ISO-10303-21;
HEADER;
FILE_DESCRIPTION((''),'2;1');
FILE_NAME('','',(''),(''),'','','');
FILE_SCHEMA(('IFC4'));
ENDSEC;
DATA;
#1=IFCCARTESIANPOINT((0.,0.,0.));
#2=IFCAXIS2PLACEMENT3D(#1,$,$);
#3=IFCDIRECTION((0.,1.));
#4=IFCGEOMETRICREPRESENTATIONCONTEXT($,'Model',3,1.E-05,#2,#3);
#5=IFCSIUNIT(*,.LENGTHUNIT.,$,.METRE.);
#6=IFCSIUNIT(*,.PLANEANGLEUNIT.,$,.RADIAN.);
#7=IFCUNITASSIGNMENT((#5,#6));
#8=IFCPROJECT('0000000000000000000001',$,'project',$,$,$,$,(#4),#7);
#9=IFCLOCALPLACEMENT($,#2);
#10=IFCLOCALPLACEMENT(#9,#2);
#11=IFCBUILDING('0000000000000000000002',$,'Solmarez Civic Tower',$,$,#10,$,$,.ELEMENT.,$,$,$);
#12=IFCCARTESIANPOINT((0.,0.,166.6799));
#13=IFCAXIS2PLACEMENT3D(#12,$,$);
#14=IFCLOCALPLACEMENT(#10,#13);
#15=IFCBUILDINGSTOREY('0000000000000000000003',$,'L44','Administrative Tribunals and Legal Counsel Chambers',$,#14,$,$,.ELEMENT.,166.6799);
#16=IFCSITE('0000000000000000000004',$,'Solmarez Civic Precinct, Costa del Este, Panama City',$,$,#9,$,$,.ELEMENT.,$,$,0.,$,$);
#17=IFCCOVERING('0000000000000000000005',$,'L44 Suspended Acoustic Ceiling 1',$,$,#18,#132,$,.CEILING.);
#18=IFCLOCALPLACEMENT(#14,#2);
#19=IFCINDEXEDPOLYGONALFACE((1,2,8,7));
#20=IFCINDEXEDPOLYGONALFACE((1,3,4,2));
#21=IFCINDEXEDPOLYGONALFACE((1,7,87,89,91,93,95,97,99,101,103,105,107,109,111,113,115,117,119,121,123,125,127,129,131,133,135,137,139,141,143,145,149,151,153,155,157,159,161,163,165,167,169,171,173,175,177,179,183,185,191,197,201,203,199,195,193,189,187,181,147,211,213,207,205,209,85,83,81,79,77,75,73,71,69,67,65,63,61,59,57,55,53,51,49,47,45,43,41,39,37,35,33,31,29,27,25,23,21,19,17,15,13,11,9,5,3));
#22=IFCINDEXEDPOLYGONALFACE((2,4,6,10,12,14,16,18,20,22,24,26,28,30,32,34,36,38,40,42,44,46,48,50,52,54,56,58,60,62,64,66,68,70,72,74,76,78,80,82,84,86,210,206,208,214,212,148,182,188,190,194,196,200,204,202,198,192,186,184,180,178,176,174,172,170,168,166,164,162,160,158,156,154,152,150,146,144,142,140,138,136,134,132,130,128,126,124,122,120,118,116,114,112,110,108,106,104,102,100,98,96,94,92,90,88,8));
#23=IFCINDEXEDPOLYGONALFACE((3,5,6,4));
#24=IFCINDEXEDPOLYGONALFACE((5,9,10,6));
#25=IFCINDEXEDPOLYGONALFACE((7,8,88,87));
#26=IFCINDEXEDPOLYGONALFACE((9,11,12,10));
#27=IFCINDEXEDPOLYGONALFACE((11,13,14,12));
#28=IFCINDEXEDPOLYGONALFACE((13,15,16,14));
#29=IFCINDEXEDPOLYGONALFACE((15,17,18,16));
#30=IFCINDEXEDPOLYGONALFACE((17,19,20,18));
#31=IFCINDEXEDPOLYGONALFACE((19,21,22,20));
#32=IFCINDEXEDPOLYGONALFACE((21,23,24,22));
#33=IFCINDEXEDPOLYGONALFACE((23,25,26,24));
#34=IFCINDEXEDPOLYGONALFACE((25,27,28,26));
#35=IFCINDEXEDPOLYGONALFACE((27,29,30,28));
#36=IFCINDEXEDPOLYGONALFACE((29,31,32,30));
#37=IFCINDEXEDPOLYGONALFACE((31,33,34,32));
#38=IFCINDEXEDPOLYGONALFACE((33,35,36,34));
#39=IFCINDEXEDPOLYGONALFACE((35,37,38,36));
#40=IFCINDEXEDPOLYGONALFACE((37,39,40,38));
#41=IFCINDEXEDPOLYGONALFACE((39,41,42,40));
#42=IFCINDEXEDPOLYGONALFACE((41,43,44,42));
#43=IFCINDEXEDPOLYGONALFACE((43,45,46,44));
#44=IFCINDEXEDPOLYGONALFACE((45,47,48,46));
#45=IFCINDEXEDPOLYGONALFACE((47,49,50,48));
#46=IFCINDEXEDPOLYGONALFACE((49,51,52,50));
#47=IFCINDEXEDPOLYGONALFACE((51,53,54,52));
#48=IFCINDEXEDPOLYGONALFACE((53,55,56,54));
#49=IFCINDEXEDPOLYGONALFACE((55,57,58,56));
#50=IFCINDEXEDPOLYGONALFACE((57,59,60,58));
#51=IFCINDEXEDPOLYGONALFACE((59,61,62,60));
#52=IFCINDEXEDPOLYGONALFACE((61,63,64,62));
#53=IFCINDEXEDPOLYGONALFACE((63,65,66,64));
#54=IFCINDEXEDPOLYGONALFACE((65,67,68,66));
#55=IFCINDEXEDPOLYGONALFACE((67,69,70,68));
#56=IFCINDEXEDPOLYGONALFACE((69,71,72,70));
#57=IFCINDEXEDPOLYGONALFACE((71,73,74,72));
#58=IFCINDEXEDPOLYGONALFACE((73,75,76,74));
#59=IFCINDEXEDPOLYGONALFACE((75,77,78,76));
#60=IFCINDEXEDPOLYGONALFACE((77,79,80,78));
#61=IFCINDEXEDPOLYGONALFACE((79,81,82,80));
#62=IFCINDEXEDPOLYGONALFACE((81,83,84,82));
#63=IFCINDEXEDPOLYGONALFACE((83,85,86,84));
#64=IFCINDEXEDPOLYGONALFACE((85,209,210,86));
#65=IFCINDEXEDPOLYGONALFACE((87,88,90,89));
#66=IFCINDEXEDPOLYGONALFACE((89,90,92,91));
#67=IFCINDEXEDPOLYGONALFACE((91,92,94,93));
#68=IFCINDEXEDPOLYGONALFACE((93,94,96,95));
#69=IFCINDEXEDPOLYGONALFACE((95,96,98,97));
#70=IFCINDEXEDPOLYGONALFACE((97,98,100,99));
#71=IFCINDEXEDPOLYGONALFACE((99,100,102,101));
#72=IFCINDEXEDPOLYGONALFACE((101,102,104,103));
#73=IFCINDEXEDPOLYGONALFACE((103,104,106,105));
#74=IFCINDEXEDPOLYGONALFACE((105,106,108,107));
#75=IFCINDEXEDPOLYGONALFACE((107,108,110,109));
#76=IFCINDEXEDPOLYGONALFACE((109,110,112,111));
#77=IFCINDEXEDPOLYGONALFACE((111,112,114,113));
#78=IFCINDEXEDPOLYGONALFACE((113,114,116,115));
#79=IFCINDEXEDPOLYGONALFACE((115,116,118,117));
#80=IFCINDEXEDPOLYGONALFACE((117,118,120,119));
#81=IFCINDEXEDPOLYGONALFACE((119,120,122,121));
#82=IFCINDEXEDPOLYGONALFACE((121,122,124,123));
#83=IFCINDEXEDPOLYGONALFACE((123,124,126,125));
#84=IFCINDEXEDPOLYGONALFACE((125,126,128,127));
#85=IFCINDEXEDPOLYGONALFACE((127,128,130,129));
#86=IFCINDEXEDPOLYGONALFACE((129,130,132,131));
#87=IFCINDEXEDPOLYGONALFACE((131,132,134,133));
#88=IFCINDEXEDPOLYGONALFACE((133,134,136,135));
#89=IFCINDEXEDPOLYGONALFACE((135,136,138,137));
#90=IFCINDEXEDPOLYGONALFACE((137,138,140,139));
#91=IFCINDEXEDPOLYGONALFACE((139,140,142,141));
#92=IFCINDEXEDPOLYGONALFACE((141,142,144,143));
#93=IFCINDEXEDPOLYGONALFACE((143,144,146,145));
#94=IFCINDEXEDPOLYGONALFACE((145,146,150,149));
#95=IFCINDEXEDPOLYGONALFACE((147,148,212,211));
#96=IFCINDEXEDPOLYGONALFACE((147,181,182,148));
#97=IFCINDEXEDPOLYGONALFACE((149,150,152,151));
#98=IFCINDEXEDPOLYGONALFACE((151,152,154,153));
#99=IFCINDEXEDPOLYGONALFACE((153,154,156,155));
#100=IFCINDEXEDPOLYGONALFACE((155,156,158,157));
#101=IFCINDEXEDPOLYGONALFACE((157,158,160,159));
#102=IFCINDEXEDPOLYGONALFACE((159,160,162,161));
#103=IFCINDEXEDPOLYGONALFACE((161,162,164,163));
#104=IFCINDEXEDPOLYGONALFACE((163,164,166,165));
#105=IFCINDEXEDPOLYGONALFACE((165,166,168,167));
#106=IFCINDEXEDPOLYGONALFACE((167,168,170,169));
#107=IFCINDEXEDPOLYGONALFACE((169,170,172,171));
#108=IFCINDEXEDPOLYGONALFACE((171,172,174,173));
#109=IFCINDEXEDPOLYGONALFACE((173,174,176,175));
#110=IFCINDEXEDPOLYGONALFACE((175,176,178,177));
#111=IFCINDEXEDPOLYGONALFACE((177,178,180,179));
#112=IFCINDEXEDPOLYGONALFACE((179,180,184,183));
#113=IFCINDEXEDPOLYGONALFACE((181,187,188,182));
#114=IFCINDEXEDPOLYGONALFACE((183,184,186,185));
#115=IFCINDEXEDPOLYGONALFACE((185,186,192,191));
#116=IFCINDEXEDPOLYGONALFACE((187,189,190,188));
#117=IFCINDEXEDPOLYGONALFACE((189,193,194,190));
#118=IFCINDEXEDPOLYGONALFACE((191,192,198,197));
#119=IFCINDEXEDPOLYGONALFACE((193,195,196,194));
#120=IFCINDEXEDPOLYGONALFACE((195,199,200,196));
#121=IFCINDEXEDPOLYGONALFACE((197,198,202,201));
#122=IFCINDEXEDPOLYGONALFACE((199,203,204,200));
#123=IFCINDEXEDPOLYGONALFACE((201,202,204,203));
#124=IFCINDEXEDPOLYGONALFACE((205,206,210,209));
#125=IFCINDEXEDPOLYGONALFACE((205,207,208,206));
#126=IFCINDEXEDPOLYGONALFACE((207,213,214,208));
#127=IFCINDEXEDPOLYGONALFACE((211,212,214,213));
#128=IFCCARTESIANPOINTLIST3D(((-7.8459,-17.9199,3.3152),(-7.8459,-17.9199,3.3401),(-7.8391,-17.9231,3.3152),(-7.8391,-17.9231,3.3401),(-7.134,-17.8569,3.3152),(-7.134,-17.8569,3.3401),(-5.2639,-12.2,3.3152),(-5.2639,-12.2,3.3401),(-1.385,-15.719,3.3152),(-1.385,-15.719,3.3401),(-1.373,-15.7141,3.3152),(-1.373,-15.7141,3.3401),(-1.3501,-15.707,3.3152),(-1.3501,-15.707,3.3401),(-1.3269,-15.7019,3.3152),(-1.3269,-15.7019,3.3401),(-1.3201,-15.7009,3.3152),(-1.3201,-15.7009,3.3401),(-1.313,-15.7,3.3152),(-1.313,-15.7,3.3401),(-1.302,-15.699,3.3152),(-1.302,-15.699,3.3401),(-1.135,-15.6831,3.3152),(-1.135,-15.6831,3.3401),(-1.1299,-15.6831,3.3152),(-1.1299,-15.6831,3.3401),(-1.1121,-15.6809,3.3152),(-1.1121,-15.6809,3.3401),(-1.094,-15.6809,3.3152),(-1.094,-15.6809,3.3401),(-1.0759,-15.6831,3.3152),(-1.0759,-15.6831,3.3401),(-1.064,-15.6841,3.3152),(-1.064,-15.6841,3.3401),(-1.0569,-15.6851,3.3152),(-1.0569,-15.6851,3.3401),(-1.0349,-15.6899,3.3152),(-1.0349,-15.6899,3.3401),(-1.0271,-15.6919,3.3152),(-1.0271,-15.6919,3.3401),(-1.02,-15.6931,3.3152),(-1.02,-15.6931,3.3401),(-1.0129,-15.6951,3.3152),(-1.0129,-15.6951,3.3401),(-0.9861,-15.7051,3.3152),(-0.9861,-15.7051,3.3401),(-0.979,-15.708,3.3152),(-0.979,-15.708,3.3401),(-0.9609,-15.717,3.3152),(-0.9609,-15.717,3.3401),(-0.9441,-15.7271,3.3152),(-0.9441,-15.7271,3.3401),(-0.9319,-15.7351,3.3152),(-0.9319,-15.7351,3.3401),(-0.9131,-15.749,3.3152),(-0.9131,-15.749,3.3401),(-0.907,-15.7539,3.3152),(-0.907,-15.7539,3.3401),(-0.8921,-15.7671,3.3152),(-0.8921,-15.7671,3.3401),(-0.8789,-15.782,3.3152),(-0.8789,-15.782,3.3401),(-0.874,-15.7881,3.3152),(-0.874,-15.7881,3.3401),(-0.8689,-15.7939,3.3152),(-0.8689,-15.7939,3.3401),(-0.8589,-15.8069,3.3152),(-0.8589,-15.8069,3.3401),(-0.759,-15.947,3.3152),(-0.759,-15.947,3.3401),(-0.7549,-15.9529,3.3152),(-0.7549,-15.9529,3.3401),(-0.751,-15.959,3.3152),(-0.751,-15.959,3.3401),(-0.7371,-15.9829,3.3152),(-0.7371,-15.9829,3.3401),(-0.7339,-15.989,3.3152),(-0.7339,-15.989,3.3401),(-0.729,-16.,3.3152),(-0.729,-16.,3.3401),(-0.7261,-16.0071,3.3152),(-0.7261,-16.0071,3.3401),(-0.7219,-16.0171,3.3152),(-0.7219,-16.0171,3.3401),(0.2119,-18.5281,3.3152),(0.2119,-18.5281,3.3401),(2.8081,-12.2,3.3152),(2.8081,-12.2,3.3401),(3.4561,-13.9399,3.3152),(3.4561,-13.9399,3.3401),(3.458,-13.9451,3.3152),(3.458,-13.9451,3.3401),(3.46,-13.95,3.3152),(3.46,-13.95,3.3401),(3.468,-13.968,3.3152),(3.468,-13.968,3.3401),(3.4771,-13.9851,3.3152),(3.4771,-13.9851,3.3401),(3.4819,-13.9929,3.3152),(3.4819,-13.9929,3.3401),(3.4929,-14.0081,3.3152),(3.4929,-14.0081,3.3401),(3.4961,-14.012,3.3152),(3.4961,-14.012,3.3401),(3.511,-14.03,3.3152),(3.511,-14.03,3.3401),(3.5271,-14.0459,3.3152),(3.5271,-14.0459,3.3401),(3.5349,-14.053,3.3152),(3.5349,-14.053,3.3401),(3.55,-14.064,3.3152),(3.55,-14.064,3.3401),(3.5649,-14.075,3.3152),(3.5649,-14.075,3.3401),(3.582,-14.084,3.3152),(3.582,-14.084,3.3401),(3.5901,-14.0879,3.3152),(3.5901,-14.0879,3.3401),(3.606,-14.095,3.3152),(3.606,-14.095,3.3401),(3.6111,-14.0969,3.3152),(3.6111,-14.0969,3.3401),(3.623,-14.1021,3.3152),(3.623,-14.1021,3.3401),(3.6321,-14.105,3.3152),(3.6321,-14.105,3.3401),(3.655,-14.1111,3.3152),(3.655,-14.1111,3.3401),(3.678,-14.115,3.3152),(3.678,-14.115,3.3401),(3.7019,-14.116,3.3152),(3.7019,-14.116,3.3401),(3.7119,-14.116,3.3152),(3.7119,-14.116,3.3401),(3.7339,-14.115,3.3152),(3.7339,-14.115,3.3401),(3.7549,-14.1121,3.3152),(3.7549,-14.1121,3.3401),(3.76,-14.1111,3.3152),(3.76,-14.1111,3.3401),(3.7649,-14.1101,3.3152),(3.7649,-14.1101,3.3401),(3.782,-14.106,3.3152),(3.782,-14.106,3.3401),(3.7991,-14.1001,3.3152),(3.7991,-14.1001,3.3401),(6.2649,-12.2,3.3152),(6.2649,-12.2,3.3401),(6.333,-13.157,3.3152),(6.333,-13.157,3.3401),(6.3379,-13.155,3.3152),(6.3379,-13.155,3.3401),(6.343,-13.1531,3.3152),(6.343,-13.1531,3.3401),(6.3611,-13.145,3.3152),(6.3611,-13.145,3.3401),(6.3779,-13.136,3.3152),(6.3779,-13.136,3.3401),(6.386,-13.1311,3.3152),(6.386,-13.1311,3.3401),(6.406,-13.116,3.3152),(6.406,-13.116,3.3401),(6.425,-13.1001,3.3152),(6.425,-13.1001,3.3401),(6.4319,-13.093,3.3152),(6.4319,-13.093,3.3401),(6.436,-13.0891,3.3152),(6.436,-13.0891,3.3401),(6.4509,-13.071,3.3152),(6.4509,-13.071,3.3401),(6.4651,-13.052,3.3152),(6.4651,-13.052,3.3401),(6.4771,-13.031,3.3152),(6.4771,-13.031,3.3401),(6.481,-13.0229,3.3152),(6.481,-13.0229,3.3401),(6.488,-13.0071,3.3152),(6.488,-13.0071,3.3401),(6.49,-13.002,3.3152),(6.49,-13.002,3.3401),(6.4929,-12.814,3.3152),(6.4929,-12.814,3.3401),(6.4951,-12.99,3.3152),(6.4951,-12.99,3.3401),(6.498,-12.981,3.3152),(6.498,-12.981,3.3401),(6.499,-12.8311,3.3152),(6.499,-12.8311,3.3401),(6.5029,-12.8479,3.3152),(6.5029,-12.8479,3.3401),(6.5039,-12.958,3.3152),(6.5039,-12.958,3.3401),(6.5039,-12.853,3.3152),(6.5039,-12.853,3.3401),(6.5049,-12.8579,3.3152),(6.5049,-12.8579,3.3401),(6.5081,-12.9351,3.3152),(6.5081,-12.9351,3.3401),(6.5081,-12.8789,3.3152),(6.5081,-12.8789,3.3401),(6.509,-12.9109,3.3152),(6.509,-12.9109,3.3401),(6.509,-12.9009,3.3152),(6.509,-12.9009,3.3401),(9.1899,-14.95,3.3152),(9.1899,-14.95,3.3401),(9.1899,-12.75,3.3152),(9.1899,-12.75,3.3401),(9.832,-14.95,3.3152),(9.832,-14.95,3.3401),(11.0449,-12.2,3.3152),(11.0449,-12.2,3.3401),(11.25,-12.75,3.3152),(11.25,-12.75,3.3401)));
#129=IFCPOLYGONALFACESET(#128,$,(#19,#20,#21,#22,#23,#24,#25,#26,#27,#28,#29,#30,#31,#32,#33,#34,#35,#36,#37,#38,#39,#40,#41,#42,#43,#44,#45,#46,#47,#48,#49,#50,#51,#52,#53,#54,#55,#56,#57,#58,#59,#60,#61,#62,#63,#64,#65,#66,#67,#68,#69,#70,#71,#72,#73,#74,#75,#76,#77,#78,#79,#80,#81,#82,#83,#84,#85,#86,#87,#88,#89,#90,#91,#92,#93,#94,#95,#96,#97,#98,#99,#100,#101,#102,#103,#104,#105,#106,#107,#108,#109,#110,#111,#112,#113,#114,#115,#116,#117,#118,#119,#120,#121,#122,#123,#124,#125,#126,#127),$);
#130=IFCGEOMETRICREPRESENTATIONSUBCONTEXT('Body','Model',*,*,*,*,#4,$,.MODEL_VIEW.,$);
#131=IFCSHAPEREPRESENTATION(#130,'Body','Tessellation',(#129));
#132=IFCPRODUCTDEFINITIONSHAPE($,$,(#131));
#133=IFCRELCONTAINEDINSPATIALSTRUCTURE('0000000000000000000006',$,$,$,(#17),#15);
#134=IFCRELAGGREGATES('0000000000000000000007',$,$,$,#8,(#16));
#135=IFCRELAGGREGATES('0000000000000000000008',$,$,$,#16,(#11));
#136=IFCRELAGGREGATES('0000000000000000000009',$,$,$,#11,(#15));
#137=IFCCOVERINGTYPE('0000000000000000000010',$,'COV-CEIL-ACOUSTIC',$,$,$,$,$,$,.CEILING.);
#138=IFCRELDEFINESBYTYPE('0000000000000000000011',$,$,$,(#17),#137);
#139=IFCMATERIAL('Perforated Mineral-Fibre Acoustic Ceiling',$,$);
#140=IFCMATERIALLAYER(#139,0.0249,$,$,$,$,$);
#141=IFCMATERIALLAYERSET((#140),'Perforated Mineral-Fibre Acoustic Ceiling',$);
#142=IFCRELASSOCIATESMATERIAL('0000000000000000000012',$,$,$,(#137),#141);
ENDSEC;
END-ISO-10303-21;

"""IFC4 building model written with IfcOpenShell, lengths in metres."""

from ifc_helpers import new_model, si_unit, direction, frame, origin, place, context, subcontext, project, spatial, polyline, outline, extrude, material, layer, layer_set, type_object, element, save


model = new_model("IFC4")

# Units and contexts
model_context = context("Model", 3, precision=1e-05, world=origin(), true_north=direction((0.0, 1.0)))
body_context = subcontext(model_context, "Body", "Model", "MODEL_VIEW")
ifc_project = project(units=[si_unit("LENGTHUNIT", "METRE"), si_unit("PLANEANGLEUNIT", "RADIAN")], contexts=[model_context])

# Site, building, storey
site_placement = place(None, origin())
site = spatial("IfcSite", under=ifc_project, at=site_placement, Name="Solmarez Civic Precinct, Costa del Este, Panama City", CompositionType="ELEMENT", RefElevation=0.0)
building_placement = place(site_placement, origin())
building = spatial("IfcBuilding", under=site, at=building_placement, Name="Solmarez Civic Tower", CompositionType="ELEMENT")
storey_placement = place(building_placement, frame((0.0, 0.0, 166.6799)))
storey = spatial("IfcBuildingStorey", under=building, at=storey_placement, Name="L44", Description="Administrative Tribunals and Legal Counsel Chambers", CompositionType="ELEMENT", Elevation=166.6799)

# Covering
ifc_material_1 = material(Name="Perforated Mineral-Fibre Acoustic Ceiling")
ifc_layer_1 = layer(ifc_material_1, 0.0249)
ifc_layer_set_1 = layer_set([ifc_layer_1], Name="Perforated Mineral-Fibre Acoustic Ceiling")
covering_type_1 = type_object("IfcCoveringType", Name="COV-CEIL-ACOUSTIC", PredefinedType="CEILING", material=ifc_layer_set_1)
covering_1_placement = place(storey_placement, frame((0.0, 0.0, 3.3152)))
element("IfcCovering", 1, at=covering_1_placement, inside=storey, type_object=covering_type_1, Name="L44 Suspended Acoustic Ceiling 1", PredefinedType="CEILING", context=body_context, shape_type="SweptSolid", body=[
    extrude(outline(polyline([(-1.385, -15.719), (-1.373, -15.7141), (-1.3501, -15.707), (-1.3269, -15.7019), (-1.3201, -15.7009), (-1.313, -15.7), (-1.302, -15.699), (-1.135, -15.6831), (-1.1299, -15.6831), (-1.1121, -15.6809), (-1.094, -15.6809), (-1.0759, -15.6831), (-1.064, -15.6841), (-1.0569, -15.6851), (-1.0349, -15.6899), (-1.0271, -15.6919), (-1.02, -15.6931), (-1.0129, -15.6951), (-0.9861, -15.7051), (-0.979, -15.708), (-0.9609, -15.717), (-0.9441, -15.7271), (-0.9319, -15.7351), (-0.9131, -15.749), (-0.907, -15.7539), (-0.8921, -15.7671), (-0.8789, -15.782), (-0.874, -15.7881), (-0.8689, -15.7939), (-0.8589, -15.8069), (-0.759, -15.947), (-0.7549, -15.9529), (-0.751, -15.959), (-0.7371, -15.9829), (-0.7339, -15.989), (-0.729, -16.0), (-0.7261, -16.0071), (-0.7219, -16.0171), (0.2119, -18.5281), (9.832, -14.95), (9.1899, -14.95), (9.1899, -12.75), (11.25, -12.75), (11.0449, -12.2), (6.2649, -12.2), (6.4929, -12.814), (6.499, -12.8311), (6.5029, -12.8479), (6.5039, -12.853), (6.5049, -12.8579), (6.5081, -12.8789), (6.509, -12.9009), (6.509, -12.9109), (6.5081, -12.9351), (6.5039, -12.958), (6.498, -12.981), (6.4951, -12.99), (6.49, -13.002), (6.488, -13.0071), (6.481, -13.0229), (6.4771, -13.031), (6.4651, -13.052), (6.4509, -13.071), (6.436, -13.0891), (6.4319, -13.093), (6.425, -13.1001), (6.406, -13.116), (6.386, -13.1311), (6.3779, -13.136), (6.3611, -13.145), (6.343, -13.1531), (6.3379, -13.155), (6.333, -13.157), (3.7991, -14.1001), (3.782, -14.106), (3.7649, -14.1101), (3.76, -14.1111), (3.7549, -14.1121), (3.7339, -14.115), (3.7119, -14.116), (3.7019, -14.116), (3.678, -14.115), (3.655, -14.1111), (3.6321, -14.105), (3.623, -14.1021), (3.6111, -14.0969), (3.606, -14.095), (3.5901, -14.0879), (3.582, -14.084), (3.5649, -14.075), (3.55, -14.064), (3.5349, -14.053), (3.5271, -14.0459), (3.511, -14.03), (3.4961, -14.012), (3.4929, -14.0081), (3.4819, -13.9929), (3.4771, -13.9851), (3.468, -13.968), (3.46, -13.95), (3.458, -13.9451), (3.4561, -13.9399), (2.8081, -12.2), (-5.2639, -12.2), (-7.8459, -17.9199), (-7.8391, -17.9231), (-7.134, -17.8569), (-1.385, -15.719)])), origin(), (0.0, 0.0, 1.0), 0.0249),
])

save(model, "model.ifc")
